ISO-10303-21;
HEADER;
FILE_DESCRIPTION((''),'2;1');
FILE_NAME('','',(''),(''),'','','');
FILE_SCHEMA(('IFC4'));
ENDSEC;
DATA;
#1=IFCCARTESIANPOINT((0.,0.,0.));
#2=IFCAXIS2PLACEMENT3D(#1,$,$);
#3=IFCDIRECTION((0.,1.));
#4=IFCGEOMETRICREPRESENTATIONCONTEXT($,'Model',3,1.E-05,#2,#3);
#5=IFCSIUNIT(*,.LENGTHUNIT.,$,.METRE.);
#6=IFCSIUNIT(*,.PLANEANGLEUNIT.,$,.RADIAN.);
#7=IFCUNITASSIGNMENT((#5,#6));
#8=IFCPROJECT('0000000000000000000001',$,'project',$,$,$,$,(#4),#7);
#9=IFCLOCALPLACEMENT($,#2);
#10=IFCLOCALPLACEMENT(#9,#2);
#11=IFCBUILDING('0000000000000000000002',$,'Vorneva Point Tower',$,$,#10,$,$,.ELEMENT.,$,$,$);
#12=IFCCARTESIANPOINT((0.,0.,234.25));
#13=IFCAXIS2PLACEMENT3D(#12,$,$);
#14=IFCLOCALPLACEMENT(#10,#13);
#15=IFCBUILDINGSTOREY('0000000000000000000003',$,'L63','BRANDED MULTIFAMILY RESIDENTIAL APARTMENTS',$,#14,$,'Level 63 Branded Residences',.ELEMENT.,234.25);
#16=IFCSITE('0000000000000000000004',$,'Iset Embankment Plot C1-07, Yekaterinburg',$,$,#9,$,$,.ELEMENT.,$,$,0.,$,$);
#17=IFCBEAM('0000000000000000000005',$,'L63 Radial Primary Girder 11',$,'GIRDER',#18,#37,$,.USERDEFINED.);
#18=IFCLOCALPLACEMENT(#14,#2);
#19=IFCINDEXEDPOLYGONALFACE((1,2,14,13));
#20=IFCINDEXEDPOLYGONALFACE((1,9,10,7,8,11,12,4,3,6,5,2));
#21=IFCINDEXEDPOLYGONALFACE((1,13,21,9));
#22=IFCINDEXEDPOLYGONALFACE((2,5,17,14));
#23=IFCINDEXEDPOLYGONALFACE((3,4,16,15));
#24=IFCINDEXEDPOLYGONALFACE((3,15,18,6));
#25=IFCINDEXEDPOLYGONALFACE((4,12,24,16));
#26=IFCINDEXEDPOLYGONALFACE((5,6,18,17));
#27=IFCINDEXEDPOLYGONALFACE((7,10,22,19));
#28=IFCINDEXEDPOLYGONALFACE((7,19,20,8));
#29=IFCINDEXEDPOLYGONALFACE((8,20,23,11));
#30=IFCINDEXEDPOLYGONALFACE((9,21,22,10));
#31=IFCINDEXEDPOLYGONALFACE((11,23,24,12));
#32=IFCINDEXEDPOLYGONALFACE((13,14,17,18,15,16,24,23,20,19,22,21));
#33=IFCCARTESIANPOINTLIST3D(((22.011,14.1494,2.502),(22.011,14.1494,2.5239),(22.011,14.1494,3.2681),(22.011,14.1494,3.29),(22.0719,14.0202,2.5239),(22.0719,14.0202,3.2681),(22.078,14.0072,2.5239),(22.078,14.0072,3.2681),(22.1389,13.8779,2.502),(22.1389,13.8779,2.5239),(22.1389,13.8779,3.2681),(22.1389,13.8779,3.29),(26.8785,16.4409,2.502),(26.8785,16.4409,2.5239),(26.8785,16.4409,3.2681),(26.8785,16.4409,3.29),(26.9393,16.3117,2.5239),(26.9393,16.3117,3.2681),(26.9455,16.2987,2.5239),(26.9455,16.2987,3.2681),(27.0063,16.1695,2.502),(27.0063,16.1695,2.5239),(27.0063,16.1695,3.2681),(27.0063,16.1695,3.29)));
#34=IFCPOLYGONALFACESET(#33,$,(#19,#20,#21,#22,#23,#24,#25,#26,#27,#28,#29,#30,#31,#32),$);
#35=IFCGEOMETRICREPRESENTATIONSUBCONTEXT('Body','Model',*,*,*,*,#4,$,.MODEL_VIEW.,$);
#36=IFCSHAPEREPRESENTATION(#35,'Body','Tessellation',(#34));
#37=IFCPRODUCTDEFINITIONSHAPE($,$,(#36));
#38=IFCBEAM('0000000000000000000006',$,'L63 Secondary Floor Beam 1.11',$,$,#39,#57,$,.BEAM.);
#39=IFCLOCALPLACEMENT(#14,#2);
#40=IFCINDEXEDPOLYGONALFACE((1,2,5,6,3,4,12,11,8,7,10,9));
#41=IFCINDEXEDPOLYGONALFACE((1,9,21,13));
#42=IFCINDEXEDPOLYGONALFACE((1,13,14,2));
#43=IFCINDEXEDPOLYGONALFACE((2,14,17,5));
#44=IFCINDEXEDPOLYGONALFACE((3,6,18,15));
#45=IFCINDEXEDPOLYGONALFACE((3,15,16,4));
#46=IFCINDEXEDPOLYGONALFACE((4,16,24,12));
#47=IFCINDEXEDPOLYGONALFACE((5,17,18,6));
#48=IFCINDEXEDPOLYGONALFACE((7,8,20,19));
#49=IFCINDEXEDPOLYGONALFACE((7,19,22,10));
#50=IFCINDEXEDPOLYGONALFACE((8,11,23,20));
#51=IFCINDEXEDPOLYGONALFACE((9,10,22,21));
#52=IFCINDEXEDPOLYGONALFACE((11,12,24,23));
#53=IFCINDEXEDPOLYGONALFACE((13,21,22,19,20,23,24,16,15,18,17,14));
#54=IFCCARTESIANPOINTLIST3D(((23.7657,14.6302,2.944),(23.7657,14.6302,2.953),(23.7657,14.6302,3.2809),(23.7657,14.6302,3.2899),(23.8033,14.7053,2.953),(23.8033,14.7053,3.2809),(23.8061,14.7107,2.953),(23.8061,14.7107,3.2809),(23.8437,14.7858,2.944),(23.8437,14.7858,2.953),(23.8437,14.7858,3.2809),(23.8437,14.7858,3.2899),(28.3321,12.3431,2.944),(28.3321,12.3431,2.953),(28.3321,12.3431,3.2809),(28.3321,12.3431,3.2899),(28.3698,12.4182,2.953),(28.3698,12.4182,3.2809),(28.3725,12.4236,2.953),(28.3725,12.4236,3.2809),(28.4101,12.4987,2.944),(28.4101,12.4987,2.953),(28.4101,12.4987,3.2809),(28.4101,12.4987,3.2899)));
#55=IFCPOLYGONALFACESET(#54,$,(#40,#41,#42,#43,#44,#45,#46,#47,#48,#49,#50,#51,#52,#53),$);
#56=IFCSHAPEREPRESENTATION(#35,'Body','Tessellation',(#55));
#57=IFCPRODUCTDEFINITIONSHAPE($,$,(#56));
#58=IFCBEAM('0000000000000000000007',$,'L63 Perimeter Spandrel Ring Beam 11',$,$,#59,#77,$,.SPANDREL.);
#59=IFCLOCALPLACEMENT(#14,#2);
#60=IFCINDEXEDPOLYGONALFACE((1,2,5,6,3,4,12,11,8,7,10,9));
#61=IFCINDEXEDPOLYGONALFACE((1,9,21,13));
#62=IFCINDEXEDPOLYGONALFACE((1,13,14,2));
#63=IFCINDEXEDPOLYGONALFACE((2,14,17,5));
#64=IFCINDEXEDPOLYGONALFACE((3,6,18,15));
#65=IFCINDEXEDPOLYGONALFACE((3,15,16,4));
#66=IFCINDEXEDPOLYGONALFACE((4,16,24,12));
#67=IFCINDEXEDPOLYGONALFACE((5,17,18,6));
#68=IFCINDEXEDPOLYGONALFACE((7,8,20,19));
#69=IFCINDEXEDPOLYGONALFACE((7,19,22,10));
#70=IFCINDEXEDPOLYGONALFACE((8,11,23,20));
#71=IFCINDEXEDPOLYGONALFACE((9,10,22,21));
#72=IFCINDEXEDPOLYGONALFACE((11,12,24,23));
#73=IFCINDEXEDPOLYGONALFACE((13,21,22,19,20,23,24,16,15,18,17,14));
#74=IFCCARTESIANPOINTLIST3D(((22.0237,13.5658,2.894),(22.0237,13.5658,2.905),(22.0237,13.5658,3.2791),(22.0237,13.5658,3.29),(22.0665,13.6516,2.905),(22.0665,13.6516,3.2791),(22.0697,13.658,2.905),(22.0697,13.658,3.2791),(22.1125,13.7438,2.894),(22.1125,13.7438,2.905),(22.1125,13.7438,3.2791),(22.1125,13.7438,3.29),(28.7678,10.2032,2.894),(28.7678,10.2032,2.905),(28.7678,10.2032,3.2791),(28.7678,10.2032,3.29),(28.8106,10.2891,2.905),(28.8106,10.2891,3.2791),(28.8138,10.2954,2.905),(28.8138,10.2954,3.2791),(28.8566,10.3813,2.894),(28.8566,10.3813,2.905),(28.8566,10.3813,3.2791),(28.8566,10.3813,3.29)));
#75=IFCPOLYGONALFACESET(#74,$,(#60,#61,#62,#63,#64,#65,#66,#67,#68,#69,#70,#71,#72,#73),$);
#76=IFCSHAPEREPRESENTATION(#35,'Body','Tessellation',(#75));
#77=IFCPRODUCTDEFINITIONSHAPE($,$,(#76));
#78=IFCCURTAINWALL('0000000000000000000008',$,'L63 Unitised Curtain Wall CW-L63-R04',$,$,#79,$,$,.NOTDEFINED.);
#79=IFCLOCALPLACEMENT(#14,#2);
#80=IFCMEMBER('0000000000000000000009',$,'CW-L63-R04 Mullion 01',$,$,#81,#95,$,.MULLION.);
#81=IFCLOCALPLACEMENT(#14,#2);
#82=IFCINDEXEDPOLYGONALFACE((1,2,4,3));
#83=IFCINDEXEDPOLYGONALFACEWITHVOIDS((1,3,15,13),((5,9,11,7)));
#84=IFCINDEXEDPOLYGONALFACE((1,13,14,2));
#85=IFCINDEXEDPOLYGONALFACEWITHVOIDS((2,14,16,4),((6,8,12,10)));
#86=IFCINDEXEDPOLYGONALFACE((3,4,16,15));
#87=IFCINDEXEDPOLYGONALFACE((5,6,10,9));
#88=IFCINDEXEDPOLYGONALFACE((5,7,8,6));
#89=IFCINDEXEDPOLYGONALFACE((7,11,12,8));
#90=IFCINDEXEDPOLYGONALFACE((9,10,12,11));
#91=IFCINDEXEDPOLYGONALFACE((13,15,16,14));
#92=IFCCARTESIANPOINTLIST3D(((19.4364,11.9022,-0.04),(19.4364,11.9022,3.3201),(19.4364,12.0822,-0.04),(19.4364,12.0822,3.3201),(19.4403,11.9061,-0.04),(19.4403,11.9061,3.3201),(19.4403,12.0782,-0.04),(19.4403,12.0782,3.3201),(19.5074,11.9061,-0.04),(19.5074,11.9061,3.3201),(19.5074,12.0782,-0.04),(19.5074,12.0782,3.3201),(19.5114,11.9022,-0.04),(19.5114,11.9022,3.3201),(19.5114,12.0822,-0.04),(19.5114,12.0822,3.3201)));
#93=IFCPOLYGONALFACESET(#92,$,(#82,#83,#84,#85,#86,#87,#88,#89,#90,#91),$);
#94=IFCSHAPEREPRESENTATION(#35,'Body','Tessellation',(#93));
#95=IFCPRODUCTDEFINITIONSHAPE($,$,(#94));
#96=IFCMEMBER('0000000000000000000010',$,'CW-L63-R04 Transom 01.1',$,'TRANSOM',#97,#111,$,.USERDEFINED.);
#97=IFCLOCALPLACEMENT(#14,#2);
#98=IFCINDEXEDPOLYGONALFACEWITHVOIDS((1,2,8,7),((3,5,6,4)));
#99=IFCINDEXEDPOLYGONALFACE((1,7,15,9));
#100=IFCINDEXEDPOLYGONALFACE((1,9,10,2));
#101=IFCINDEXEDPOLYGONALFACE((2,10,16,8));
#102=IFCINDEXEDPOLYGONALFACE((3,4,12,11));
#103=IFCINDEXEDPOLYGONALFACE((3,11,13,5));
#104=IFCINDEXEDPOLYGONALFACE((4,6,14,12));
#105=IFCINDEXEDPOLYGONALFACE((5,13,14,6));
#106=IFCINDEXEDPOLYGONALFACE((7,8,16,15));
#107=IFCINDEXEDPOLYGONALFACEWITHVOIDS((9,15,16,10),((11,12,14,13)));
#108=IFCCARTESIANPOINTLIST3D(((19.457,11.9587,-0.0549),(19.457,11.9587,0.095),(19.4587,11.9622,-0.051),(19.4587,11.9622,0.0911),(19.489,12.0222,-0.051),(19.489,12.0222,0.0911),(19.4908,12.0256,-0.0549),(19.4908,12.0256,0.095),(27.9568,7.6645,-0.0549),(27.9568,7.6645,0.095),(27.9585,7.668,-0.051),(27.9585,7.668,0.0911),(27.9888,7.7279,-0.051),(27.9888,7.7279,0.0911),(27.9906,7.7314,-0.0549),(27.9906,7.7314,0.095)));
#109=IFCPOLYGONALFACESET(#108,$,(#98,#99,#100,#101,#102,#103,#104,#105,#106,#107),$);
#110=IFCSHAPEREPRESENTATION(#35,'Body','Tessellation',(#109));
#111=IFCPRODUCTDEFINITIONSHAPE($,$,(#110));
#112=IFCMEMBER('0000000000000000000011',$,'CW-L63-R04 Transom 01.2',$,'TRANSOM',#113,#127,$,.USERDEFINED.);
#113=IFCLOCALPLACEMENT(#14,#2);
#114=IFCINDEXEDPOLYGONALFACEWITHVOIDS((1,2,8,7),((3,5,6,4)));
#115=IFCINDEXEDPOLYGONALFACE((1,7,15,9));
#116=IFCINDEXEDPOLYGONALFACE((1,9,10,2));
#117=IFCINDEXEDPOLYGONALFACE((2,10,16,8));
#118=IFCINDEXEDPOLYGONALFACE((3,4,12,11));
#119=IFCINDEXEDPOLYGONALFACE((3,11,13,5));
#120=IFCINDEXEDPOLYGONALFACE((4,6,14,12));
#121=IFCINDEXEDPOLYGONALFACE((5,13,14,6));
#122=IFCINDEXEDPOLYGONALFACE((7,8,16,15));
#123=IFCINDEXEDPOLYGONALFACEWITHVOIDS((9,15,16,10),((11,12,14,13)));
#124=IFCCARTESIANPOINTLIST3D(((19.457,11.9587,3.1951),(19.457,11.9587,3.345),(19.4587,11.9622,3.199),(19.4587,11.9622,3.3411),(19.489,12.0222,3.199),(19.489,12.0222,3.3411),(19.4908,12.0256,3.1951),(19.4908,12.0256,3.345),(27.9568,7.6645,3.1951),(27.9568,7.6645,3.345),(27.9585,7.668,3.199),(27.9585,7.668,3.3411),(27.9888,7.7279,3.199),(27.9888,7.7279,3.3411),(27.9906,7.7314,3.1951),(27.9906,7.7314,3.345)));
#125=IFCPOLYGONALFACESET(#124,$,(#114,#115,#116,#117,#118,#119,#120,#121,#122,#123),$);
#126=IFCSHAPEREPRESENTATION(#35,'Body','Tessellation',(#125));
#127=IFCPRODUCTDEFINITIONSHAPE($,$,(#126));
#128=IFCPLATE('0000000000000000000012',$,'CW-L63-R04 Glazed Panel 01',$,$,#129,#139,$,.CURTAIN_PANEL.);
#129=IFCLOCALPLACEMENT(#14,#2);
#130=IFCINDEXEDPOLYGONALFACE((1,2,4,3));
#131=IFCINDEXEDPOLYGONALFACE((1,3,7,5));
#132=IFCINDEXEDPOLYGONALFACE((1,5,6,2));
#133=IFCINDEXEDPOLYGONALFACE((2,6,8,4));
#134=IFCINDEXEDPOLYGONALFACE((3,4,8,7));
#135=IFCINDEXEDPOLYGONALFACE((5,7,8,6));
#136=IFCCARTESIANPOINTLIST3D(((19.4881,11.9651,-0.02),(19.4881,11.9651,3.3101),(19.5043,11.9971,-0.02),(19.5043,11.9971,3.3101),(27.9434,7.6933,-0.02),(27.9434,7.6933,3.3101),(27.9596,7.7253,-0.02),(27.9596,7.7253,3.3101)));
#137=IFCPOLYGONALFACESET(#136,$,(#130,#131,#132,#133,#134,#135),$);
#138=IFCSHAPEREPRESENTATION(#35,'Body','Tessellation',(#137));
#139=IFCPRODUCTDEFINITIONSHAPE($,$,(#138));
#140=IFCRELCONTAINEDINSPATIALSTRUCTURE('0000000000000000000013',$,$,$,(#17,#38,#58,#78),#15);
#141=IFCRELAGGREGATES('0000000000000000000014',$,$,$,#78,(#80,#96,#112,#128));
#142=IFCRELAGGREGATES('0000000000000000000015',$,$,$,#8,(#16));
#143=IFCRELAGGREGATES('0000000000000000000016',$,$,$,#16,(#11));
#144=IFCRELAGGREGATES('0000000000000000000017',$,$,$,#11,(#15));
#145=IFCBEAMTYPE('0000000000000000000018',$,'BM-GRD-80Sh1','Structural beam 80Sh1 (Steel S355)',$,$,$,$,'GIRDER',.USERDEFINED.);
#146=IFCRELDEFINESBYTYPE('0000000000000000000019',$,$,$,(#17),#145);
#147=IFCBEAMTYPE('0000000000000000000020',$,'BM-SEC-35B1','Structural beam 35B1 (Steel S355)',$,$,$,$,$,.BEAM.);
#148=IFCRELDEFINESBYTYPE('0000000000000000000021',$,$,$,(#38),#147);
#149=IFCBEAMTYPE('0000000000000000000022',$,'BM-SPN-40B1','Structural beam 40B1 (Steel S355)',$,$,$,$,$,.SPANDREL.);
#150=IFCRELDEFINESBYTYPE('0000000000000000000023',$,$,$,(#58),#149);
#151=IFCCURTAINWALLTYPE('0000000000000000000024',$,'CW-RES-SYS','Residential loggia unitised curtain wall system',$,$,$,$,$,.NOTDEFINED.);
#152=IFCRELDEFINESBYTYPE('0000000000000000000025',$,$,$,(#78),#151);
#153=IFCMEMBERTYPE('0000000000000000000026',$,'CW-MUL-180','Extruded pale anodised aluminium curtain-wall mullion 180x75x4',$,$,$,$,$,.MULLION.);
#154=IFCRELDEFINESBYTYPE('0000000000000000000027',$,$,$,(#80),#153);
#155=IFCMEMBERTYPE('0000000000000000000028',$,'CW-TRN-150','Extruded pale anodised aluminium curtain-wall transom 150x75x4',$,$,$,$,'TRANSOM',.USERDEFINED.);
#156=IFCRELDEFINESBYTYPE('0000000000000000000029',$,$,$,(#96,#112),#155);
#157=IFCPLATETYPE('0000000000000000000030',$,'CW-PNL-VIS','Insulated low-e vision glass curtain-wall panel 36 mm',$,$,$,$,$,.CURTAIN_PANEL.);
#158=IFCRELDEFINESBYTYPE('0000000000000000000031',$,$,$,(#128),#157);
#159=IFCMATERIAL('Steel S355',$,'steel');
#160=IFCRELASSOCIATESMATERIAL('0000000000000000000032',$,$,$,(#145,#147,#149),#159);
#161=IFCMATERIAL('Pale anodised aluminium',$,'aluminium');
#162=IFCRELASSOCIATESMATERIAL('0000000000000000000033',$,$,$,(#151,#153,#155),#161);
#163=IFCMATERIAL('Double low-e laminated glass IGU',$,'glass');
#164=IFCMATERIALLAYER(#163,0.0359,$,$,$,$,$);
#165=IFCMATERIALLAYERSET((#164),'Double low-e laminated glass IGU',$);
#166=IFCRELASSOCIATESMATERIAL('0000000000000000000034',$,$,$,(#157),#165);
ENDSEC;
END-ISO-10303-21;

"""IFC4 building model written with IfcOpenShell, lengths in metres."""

from ifc_helpers import new_model, si_unit, direction, frame, origin, origin_2d, place, context, subcontext, project, spatial, rectangle, hollow_rectangle, i_section, extrude, material, layer, layer_set, material_profile, profile_set, type_object, element, aggregate, save


model = new_model("IFC4")

# Units and contexts
model_context = context("Model", 3, precision=1e-05, world=origin(), true_north=direction((0.0, 1.0)))
body_context = subcontext(model_context, "Body", "Model", "MODEL_VIEW")
ifc_project = project(units=[si_unit("LENGTHUNIT", "METRE"), si_unit("PLANEANGLEUNIT", "RADIAN")], contexts=[model_context])

# Site, building, storey
site_placement = place(None, origin())
site = spatial("IfcSite", under=ifc_project, at=site_placement, Name="Iset Embankment Plot C1-07, Yekaterinburg", CompositionType="ELEMENT", RefElevation=0.0)
building_placement = place(site_placement, origin())
building = spatial("IfcBuilding", under=site, at=building_placement, Name="Vorneva Point Tower", CompositionType="ELEMENT")
storey_placement = place(building_placement, frame((0.0, 0.0, 234.25)))
storey = spatial("IfcBuildingStorey", under=building, at=storey_placement, Name="L63", Description="BRANDED MULTIFAMILY RESIDENTIAL APARTMENTS", LongName="Level 63 Branded Residences", CompositionType="ELEMENT", Elevation=234.25)

# Beams
ifc_material_1 = material(Name="Steel S355", Category="steel")
ifc_material_profile_1 = material_profile(ifc_material_1, i_section(OverallWidth=0.3, OverallDepth=0.7881, WebThickness=0.0144, FlangeThickness=0.022, at=origin_2d()), Name="80Sh1")
ifc_profile_set_1 = profile_set([ifc_material_profile_1], Name="Steel S355")
beam_type_1 = type_object("IfcBeamType", Name="BM-GRD-80Sh1", Description="Structural beam 80Sh1 (Steel S355)", ElementType="GIRDER", PredefinedType="USERDEFINED", material=ifc_profile_set_1)
beam_1_placement = place(storey_placement, frame((22.075, 14.0137, 2.896), z_axis=(0.904751, 0.425941, 0.0), x_axis=(-0.425941, 0.904751, 0.0)))
element("IfcBeam", 1, at=beam_1_placement, inside=storey, type_object=beam_type_1, Name="L63 Radial Primary Girder 11", ObjectType="GIRDER", PredefinedType="USERDEFINED", context=body_context, shape_type="SweptSolid", body=[
    extrude(i_section(OverallWidth=0.3, OverallDepth=0.7881, WebThickness=0.0144, FlangeThickness=0.022, at=origin_2d()), origin(), (0.0, 0.0, 1.0), 5.3799),
])
ifc_material_profile_2 = material_profile(ifc_material_1, i_section(OverallWidth=0.1741, OverallDepth=0.3459, WebThickness=0.0061, FlangeThickness=0.009, at=origin_2d()), Name="35B1")
ifc_profile_set_2 = profile_set([ifc_material_profile_2], Name="Steel S355")
beam_type_2 = type_object("IfcBeamType", Name="BM-SEC-35B1", Description="Structural beam 35B1 (Steel S355)", PredefinedType="BEAM", material=ifc_profile_set_2)
beam_2_placement = place(storey_placement, frame((23.8047, 14.708, 3.1169), z_axis=(0.894121, -0.447825, 0.0), x_axis=(0.447825, 0.894121, 0.0)))
element("IfcBeam", 2, at=beam_2_placement, inside=storey, type_object=beam_type_2, Name="L63 Secondary Floor Beam 1.11", PredefinedType="BEAM", context=body_context, shape_type="SweptSolid", body=[
    extrude(i_section(OverallWidth=0.1741, OverallDepth=0.3459, WebThickness=0.0061, FlangeThickness=0.009, at=origin_2d()), origin(), (0.0, 0.0, 1.0), 5.1072),
])
ifc_material_profile_3 = material_profile(ifc_material_1, i_section(OverallWidth=0.199, OverallDepth=0.396, WebThickness=0.0071, FlangeThickness=0.011, at=origin_2d()), Name="40B1")
ifc_profile_set_3 = profile_set([ifc_material_profile_3], Name="Steel S355")
beam_type_3 = type_object("IfcBeamType", Name="BM-SPN-40B1", Description="Structural beam 40B1 (Steel S355)", PredefinedType="SPANDREL", material=ifc_profile_set_3)
beam_3_placement = place(storey_placement, frame((22.0681, 13.6548, 3.092), z_axis=(0.894932, -0.446203, 0.0), x_axis=(0.446203, 0.894932, 0.0)))
element("IfcBeam", 3, at=beam_3_placement, inside=storey, type_object=beam_type_3, Name="L63 Perimeter Spandrel Ring Beam 11", PredefinedType="SPANDREL", context=body_context, shape_type="SweptSolid", body=[
    extrude(i_section(OverallWidth=0.199, OverallDepth=0.396, WebThickness=0.0071, FlangeThickness=0.011, at=origin_2d()), origin(), (0.0, 0.0, 1.0), 7.5359),
])

# Curtain wall, members, plate
ifc_material_2 = material(Name="Pale anodised aluminium", Category="aluminium")
curtain_wall_type = type_object("IfcCurtainWallType", Name="CW-RES-SYS", Description="Residential loggia unitised curtain wall system", PredefinedType="NOTDEFINED", material=ifc_material_2)
curtain_wall_placement = place(storey_placement, origin())
curtain_wall = element("IfcCurtainWall", 4, at=curtain_wall_placement, inside=storey, type_object=curtain_wall_type, Name="L63 Unitised Curtain Wall CW-L63-R04", PredefinedType="NOTDEFINED")
ifc_material_profile_4 = material_profile(ifc_material_2, hollow_rectangle(XDim=0.075, YDim=0.1799, WallThickness=0.0039, at=origin_2d()), Name="AL-MUL 180x75x4")
ifc_profile_set_4 = profile_set([ifc_material_profile_4], Name="Pale anodised aluminium")
member_type_1 = type_object("IfcMemberType", Name="CW-MUL-180", Description="Extruded pale anodised aluminium curtain-wall mullion 180x75x4", PredefinedType="MULLION", material=ifc_profile_set_4)
member_1_placement = place(storey_placement, frame((19.4739, 11.9922, -0.04), z_axis=(0.0, 0.0, 1.0), x_axis=(1.0, 0.0, 0.0)))
member_1 = element("IfcMember", 5, at=member_1_placement, type_object=member_type_1, Name="CW-L63-R04 Mullion 01", PredefinedType="MULLION", context=body_context, shape_type="SweptSolid", body=[
    extrude(hollow_rectangle(XDim=0.075, YDim=0.1799, WallThickness=0.0039, at=origin_2d()), origin(), (0.0, 0.0, 1.0), 3.3601),
])
ifc_material_profile_5 = material_profile(ifc_material_2, hollow_rectangle(XDim=0.075, YDim=0.1499, WallThickness=0.0039, at=origin_2d()), Name="AL-TRN 150x75x4")
ifc_profile_set_5 = profile_set([ifc_material_profile_5], Name="Pale anodised aluminium")
member_type_2 = type_object("IfcMemberType", Name="CW-TRN-150", Description="Extruded pale anodised aluminium curtain-wall transom 150x75x4", ElementType="TRANSOM", PredefinedType="USERDEFINED", material=ifc_profile_set_5)
member_2_placement = place(storey_placement, frame((19.4739, 11.9922, 0.02), z_axis=(0.892558, -0.450932, 0.0), x_axis=(0.450932, 0.892558, 0.0)))
member_2 = element("IfcMember", 6, at=member_2_placement, type_object=member_type_2, Name="CW-L63-R04 Transom 01.1", ObjectType="TRANSOM", PredefinedType="USERDEFINED", context=body_context, shape_type="SweptSolid", body=[
    extrude(hollow_rectangle(XDim=0.075, YDim=0.1499, WallThickness=0.0039, at=origin_2d()), origin(), (0.0, 0.0, 1.0), 9.5229),
])
member_3_placement = place(storey_placement, frame((19.4739, 11.9922, 3.27), z_axis=(0.892558, -0.450932, 0.0), x_axis=(0.450932, 0.892558, 0.0)))
member_3 = element("IfcMember", 7, at=member_3_placement, type_object=member_type_2, Name="CW-L63-R04 Transom 01.2", ObjectType="TRANSOM", PredefinedType="USERDEFINED", context=body_context, shape_type="SweptSolid", body=[
    extrude(hollow_rectangle(XDim=0.075, YDim=0.1499, WallThickness=0.0039, at=origin_2d()), origin(), (0.0, 0.0, 1.0), 9.5229),
])
ifc_material_3 = material(Name="Double low-e laminated glass IGU", Category="glass")
ifc_layer_1 = layer(ifc_material_3, 0.0359)
ifc_layer_set_1 = layer_set([ifc_layer_1], Name="Double low-e laminated glass IGU")
plate_type = type_object("IfcPlateType", Name="CW-PNL-VIS", Description="Insulated low-e vision glass curtain-wall panel 36 mm", PredefinedType="CURTAIN_PANEL", material=ifc_layer_set_1)
plate_placement = place(storey_placement, frame((23.7239, 9.8452, -0.02), z_axis=(0.0, 0.0, 1.0), x_axis=(0.892554, -0.45094, 0.0)))
plate = element("IfcPlate", 8, at=plate_placement, type_object=plate_type, Name="CW-L63-R04 Glazed Panel 01", PredefinedType="CURTAIN_PANEL", context=body_context, shape_type="SweptSolid", body=[
    extrude(rectangle(XDim=9.4731, YDim=0.0359, at=origin_2d()), origin(), (0.0, 0.0, 1.0), 3.3301),
])
aggregate(curtain_wall, [member_1, member_2, member_3, plate])

save(model, "model.ifc")
